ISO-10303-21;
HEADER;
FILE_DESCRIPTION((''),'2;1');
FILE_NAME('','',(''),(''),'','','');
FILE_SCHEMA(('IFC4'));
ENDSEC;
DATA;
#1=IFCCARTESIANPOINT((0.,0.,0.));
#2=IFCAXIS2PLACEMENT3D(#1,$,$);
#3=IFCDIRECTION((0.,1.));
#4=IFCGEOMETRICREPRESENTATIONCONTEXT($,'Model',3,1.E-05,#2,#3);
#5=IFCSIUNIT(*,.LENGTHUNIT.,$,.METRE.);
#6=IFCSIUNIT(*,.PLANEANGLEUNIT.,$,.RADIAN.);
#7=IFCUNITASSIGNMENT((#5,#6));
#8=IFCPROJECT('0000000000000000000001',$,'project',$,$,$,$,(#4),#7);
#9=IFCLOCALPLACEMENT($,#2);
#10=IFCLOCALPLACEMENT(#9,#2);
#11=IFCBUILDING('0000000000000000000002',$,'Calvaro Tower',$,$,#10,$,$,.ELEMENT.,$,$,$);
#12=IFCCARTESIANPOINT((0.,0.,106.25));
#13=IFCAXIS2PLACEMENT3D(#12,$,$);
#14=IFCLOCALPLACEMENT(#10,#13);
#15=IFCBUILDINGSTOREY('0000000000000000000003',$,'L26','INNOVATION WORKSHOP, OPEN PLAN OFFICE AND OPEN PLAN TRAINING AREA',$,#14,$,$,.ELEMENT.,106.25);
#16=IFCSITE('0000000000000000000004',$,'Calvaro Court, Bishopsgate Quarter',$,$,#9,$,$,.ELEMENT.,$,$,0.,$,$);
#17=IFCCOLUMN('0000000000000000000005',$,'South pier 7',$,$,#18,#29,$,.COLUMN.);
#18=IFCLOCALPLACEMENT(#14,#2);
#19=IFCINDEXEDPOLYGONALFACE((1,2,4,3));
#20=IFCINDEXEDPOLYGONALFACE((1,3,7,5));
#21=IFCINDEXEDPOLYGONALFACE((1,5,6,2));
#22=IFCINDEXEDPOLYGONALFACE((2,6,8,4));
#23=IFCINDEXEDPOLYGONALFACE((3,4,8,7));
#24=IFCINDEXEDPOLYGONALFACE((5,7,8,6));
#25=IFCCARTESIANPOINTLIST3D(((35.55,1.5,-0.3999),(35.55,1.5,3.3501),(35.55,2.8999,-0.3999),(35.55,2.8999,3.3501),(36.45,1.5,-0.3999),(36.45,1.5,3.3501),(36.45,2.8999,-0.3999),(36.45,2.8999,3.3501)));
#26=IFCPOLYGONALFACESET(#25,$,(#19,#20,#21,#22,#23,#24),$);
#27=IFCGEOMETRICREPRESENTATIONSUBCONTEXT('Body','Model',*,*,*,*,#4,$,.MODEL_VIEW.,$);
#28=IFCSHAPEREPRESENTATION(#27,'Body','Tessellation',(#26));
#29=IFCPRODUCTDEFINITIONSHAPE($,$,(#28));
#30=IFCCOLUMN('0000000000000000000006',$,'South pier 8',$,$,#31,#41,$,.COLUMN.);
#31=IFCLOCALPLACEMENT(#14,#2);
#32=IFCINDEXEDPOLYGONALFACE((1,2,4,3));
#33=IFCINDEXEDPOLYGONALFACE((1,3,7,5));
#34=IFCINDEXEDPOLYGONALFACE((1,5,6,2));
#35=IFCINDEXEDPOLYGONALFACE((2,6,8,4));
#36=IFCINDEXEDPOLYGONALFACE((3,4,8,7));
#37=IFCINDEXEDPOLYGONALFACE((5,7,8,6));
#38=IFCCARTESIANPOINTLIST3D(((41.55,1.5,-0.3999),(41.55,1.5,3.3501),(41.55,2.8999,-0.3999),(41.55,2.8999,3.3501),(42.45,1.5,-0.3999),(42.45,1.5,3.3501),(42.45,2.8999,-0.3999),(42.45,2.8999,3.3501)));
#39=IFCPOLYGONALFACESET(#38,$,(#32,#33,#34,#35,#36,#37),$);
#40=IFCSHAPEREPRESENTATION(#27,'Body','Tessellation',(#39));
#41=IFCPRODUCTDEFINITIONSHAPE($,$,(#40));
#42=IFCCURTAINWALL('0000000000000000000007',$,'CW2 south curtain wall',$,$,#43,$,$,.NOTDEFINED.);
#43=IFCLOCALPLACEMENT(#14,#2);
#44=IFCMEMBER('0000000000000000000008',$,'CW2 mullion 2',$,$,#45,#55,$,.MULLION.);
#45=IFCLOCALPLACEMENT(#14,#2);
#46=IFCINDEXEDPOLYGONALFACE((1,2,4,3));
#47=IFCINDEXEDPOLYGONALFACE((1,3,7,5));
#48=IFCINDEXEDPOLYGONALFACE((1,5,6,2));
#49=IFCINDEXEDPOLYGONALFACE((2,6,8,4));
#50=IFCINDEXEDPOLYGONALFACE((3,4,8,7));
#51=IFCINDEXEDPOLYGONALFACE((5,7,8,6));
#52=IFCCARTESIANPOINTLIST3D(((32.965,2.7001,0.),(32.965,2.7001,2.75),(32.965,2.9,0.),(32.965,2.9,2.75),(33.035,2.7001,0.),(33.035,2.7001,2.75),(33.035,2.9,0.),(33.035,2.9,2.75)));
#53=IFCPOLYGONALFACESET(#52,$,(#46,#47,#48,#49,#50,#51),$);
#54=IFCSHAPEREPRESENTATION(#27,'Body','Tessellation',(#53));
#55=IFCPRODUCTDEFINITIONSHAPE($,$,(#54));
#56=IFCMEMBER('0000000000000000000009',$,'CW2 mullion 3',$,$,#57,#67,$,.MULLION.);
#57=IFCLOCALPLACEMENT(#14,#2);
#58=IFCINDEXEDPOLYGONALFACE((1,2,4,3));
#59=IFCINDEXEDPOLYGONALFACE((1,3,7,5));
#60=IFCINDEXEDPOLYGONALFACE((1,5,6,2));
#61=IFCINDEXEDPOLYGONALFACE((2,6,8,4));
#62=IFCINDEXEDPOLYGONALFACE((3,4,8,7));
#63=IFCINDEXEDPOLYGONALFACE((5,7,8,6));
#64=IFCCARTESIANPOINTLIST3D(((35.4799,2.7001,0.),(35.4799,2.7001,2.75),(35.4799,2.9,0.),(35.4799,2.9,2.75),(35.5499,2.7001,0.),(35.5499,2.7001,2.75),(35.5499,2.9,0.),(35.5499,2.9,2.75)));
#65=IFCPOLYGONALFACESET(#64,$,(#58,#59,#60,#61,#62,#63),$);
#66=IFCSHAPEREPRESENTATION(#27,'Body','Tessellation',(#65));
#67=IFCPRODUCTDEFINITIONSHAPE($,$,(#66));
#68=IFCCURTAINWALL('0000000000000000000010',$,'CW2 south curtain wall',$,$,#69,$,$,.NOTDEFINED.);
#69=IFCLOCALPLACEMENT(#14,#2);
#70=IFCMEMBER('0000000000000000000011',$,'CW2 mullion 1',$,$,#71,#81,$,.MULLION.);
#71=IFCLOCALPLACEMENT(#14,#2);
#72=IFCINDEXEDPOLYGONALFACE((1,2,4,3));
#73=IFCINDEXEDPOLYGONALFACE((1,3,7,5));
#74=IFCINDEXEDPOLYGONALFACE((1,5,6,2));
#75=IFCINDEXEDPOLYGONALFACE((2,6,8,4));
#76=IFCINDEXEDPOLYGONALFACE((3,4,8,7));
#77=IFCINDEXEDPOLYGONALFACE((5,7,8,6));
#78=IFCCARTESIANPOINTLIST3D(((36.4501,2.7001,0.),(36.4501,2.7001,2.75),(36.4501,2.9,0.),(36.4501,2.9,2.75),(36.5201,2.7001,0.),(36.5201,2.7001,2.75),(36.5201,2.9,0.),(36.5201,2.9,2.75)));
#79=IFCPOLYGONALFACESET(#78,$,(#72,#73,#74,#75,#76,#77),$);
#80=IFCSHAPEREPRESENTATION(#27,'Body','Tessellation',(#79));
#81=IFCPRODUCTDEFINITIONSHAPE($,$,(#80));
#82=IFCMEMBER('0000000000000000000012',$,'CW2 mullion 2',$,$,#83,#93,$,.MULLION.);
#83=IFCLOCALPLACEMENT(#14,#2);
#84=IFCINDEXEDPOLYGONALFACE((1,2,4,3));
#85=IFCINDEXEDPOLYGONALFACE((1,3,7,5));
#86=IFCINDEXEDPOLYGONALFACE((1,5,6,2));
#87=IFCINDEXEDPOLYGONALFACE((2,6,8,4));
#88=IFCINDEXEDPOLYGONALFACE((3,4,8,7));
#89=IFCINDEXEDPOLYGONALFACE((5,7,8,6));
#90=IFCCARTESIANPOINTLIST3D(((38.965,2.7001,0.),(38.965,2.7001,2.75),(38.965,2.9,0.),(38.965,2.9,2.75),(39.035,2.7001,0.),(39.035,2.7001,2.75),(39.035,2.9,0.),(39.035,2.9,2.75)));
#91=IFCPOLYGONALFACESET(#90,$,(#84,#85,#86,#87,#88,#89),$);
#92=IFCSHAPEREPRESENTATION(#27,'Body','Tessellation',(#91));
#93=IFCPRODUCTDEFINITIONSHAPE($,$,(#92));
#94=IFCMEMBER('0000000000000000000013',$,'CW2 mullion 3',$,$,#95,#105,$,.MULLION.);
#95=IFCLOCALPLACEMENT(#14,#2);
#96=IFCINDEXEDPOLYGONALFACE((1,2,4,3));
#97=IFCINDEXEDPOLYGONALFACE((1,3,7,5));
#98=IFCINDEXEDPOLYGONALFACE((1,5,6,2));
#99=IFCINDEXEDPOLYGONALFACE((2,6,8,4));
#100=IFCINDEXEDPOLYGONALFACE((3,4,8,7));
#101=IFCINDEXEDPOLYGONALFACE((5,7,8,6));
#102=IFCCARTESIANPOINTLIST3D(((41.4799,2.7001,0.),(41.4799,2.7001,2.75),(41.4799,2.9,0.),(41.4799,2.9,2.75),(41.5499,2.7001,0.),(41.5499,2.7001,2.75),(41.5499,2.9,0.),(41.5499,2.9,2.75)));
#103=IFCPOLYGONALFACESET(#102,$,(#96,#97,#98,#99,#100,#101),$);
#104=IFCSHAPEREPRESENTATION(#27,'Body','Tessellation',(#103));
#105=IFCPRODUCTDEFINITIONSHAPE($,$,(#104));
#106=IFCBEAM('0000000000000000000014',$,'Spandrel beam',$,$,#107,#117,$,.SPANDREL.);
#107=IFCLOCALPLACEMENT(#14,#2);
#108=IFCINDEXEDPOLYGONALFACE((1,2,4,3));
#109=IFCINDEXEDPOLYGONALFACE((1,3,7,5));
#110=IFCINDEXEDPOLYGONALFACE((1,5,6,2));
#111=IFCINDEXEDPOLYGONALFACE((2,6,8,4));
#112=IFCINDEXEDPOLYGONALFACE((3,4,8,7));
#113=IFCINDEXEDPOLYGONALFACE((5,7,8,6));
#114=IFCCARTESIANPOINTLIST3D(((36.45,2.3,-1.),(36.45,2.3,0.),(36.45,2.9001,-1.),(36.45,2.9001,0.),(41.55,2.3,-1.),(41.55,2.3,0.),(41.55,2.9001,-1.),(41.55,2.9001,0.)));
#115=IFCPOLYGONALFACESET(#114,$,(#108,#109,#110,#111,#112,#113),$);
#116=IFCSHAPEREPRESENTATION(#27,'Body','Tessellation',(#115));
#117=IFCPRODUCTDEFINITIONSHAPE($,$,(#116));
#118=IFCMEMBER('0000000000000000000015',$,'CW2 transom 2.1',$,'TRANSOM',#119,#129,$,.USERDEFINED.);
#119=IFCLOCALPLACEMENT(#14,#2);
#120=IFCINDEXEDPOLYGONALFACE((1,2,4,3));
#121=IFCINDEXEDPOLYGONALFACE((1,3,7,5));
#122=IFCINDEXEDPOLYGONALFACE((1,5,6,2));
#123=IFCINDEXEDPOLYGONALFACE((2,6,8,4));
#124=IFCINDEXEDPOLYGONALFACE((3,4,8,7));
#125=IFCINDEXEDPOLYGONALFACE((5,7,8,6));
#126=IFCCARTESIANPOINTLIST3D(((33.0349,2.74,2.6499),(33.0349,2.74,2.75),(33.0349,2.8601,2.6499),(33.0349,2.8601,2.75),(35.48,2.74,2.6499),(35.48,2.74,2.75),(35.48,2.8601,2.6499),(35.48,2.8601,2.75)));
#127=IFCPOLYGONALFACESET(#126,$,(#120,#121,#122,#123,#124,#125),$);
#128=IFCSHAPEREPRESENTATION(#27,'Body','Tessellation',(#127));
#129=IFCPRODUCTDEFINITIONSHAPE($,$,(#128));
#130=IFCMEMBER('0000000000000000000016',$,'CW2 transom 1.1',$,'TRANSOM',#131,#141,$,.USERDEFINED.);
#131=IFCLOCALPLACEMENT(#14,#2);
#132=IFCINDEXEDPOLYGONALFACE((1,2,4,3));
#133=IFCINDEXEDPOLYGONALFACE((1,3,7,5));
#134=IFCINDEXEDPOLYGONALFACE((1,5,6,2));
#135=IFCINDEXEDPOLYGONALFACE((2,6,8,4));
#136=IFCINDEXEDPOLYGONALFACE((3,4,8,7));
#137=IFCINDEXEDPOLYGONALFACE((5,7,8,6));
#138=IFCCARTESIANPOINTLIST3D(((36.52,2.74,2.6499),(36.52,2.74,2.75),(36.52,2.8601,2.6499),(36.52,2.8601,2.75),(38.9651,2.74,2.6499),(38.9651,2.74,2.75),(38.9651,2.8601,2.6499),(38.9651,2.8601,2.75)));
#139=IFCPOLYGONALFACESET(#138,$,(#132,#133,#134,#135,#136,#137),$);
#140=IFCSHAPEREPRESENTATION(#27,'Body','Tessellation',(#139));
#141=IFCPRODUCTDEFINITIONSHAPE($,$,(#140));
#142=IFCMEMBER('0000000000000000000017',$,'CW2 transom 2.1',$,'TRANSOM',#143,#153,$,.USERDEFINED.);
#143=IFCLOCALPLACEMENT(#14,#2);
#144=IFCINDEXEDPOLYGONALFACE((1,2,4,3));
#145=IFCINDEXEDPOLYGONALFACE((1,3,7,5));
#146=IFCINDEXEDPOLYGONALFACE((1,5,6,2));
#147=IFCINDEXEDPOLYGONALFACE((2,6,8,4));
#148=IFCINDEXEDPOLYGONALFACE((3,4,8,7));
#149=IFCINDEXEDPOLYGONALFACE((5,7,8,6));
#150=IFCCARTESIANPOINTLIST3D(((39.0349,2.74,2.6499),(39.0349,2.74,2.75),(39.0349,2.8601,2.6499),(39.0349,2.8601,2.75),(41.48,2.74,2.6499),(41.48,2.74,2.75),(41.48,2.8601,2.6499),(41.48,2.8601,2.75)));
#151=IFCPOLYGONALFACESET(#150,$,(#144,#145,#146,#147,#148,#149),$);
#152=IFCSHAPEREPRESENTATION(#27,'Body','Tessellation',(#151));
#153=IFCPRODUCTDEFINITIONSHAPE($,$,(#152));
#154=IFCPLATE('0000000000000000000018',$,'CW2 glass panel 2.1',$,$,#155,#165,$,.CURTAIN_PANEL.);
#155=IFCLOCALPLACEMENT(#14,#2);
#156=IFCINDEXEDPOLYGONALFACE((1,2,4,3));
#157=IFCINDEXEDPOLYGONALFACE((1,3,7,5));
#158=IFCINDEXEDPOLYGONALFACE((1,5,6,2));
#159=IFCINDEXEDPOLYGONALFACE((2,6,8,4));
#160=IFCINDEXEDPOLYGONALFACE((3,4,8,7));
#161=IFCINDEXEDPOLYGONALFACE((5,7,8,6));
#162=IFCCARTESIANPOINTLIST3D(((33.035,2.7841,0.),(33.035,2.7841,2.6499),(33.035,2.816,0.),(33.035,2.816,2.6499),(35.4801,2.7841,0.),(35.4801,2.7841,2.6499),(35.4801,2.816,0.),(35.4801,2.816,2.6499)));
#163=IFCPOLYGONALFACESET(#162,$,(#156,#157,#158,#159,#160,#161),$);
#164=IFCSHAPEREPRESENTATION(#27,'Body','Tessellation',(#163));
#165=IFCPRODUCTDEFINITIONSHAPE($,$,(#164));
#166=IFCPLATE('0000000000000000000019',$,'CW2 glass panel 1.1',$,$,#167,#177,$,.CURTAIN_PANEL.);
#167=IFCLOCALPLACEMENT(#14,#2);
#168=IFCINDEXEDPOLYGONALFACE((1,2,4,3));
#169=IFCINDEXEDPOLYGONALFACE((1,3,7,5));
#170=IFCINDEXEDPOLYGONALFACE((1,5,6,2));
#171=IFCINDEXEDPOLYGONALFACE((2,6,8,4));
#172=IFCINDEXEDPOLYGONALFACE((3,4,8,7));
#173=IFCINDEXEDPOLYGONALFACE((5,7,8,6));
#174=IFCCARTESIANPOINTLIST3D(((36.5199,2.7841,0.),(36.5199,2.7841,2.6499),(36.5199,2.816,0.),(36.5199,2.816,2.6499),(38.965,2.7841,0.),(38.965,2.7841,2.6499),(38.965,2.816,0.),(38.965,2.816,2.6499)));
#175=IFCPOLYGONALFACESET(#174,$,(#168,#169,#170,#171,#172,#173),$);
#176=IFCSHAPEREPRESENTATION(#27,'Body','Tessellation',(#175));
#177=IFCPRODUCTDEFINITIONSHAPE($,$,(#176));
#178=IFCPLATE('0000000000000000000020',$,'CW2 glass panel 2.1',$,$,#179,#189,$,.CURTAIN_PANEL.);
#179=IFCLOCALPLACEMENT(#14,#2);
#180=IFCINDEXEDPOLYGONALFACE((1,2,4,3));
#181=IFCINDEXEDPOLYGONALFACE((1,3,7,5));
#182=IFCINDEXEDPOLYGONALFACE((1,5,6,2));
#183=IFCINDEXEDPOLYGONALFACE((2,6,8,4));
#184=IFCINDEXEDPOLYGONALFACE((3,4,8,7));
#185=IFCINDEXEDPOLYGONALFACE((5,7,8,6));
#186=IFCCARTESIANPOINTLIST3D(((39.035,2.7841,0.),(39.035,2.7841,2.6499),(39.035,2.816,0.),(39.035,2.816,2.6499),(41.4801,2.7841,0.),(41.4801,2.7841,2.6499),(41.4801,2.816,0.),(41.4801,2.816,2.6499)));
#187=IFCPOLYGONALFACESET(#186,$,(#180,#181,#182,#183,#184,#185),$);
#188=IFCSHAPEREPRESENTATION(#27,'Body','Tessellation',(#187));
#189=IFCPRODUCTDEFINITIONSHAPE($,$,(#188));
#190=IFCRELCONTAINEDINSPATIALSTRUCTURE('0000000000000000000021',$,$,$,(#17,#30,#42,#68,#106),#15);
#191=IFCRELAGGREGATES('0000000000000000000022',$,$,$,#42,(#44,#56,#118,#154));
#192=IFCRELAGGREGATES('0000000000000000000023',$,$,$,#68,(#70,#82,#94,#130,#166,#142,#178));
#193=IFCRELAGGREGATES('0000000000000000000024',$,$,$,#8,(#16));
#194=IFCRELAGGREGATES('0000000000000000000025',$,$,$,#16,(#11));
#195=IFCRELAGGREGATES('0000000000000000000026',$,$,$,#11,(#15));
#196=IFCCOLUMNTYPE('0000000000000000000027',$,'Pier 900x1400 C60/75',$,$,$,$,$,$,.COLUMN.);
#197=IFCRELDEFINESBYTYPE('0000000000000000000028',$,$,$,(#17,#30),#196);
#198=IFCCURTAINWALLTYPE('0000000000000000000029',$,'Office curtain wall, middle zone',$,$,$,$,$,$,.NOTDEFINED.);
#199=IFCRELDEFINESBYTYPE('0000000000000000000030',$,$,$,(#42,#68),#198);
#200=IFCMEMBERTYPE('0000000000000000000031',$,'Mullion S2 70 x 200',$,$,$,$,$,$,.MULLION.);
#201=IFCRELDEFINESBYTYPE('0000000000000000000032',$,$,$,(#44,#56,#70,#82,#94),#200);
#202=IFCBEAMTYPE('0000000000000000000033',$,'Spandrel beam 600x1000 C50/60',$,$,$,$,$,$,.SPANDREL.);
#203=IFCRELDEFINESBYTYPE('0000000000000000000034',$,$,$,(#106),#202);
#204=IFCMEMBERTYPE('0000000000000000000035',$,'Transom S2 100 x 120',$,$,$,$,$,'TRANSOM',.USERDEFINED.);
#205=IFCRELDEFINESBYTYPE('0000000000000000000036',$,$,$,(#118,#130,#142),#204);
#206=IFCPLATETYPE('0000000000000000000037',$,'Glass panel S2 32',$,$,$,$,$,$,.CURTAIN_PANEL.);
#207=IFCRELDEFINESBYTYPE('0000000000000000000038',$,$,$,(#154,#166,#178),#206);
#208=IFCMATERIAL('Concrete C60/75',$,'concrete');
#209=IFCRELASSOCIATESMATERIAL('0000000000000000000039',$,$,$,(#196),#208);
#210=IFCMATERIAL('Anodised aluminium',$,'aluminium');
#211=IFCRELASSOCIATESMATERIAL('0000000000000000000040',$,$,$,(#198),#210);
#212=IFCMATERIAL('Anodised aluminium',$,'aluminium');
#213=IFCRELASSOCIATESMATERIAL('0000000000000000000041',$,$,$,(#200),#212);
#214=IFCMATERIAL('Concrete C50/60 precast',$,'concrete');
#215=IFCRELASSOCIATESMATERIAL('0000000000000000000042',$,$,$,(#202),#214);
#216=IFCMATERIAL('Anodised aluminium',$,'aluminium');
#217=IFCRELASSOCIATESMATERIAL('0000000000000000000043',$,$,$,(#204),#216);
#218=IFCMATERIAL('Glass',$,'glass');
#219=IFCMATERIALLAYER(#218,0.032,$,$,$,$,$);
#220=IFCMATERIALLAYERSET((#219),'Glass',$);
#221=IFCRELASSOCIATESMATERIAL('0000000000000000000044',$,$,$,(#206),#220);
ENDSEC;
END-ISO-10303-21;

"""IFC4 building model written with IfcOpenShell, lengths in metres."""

from ifc_helpers import new_model, si_unit, direction, frame, origin, origin_2d, place, context, subcontext, project, spatial, rectangle, extrude, material, layer, layer_set, material_profile, profile_set, type_object, element, aggregate, save


model = new_model("IFC4")

# Units and contexts
model_context = context("Model", 3, precision=1e-05, world=origin(), true_north=direction((0.0, 1.0)))
body_context = subcontext(model_context, "Body", "Model", "MODEL_VIEW")
ifc_project = project(units=[si_unit("LENGTHUNIT", "METRE"), si_unit("PLANEANGLEUNIT", "RADIAN")], contexts=[model_context])

# Site, building, storey
site_placement = place(None, origin())
site = spatial("IfcSite", under=ifc_project, at=site_placement, Name="Calvaro Court, Bishopsgate Quarter", CompositionType="ELEMENT", RefElevation=0.0)
building_placement = place(site_placement, origin())
building = spatial("IfcBuilding", under=site, at=building_placement, Name="Calvaro Tower", CompositionType="ELEMENT")
storey_placement = place(building_placement, frame((0.0, 0.0, 106.25)))
storey = spatial("IfcBuildingStorey", under=building, at=storey_placement, Name="L26", Description="INNOVATION WORKSHOP, OPEN PLAN OFFICE AND OPEN PLAN TRAINING AREA", CompositionType="ELEMENT", Elevation=106.25)

# Columns
ifc_material_1 = material(Name="Concrete C60/75", Category="concrete")
ifc_material_profile_1 = material_profile(ifc_material_1, rectangle(XDim=0.8999, YDim=1.3999, at=origin_2d()), Name="RC 900x1400")
ifc_profile_set_1 = profile_set([ifc_material_profile_1], Name="Concrete C60/75")
column_type = type_object("IfcColumnType", Name="Pier 900x1400 C60/75", PredefinedType="COLUMN", material=ifc_profile_set_1)
for number, where, z_axis, x_axis, name in (
    (1, (36.0, 2.2, -0.3999), (0.0, 0.0, 1.0), (1.0, 0.0, 0.0), "South pier 7"),
    (2, (42.0, 2.2, -0.3999), (0.0, 0.0, 1.0), (1.0, 0.0, 0.0), "South pier 8"),
):
    element("IfcColumn", number, at=place(storey_placement, frame(where, z_axis=z_axis, x_axis=x_axis)), inside=storey, type_object=column_type, Name=name, PredefinedType="COLUMN", context=body_context, shape_type="SweptSolid", body=[
        extrude(rectangle(XDim=0.8999, YDim=1.3999, at=origin_2d()), origin(), (0.0, 0.0, 1.0), 3.75),
    ])

# Curtain walls, members
ifc_material_2 = material(Name="Anodised aluminium", Category="aluminium")
curtain_wall_type = type_object("IfcCurtainWallType", Name="Office curtain wall, middle zone", PredefinedType="NOTDEFINED", material=ifc_material_2)
curtain_wall_1_placement = place(storey_placement, origin())
curtain_wall_1 = element("IfcCurtainWall", 3, at=curtain_wall_1_placement, inside=storey, type_object=curtain_wall_type, Name="CW2 south curtain wall", PredefinedType="NOTDEFINED")
ifc_material_3 = material(Name="Anodised aluminium", Category="aluminium")
ifc_material_profile_2 = material_profile(ifc_material_3, rectangle(XDim=0.2, YDim=0.0701, at=origin_2d()), Name="Mullion S2 70 x 200")
ifc_profile_set_2 = profile_set([ifc_material_profile_2], Name="Anodised aluminium")
member_type_1 = type_object("IfcMemberType", Name="Mullion S2 70 x 200", PredefinedType="MULLION", material=ifc_profile_set_2)
member_1_placement = place(storey_placement, frame((33.0, 2.8, 0.0), z_axis=(0.0, 0.0, 1.0), x_axis=(0.0, 1.0, 0.0)))
member_1 = element("IfcMember", 4, at=member_1_placement, type_object=member_type_1, Name="CW2 mullion 2", PredefinedType="MULLION", context=body_context, shape_type="SweptSolid", body=[
    extrude(rectangle(XDim=0.2, YDim=0.0701, at=origin_2d()), origin(), (0.0, 0.0, 1.0), 2.75),
])
member_2_placement = place(storey_placement, frame((35.5149, 2.8, 0.0), z_axis=(0.0, 0.0, 1.0), x_axis=(0.0, 1.0, 0.0)))
member_2 = element("IfcMember", 5, at=member_2_placement, type_object=member_type_1, Name="CW2 mullion 3", PredefinedType="MULLION", context=body_context, shape_type="SweptSolid", body=[
    extrude(rectangle(XDim=0.2, YDim=0.0701, at=origin_2d()), origin(), (0.0, 0.0, 1.0), 2.75),
])
curtain_wall_2_placement = place(storey_placement, origin())
curtain_wall_2 = element("IfcCurtainWall", 6, at=curtain_wall_2_placement, inside=storey, type_object=curtain_wall_type, Name="CW2 south curtain wall", PredefinedType="NOTDEFINED")
member_3_placement = place(storey_placement, frame((36.4851, 2.8, 0.0), z_axis=(0.0, 0.0, 1.0), x_axis=(0.0, 1.0, 0.0)))
member_3 = element("IfcMember", 7, at=member_3_placement, type_object=member_type_1, Name="CW2 mullion 1", PredefinedType="MULLION", context=body_context, shape_type="SweptSolid", body=[
    extrude(rectangle(XDim=0.2, YDim=0.0701, at=origin_2d()), origin(), (0.0, 0.0, 1.0), 2.75),
])
member_4_placement = place(storey_placement, frame((39.0, 2.8, 0.0), z_axis=(0.0, 0.0, 1.0), x_axis=(0.0, 1.0, 0.0)))
member_4 = element("IfcMember", 8, at=member_4_placement, type_object=member_type_1, Name="CW2 mullion 2", PredefinedType="MULLION", context=body_context, shape_type="SweptSolid", body=[
    extrude(rectangle(XDim=0.2, YDim=0.0701, at=origin_2d()), origin(), (0.0, 0.0, 1.0), 2.75),
])
member_5_placement = place(storey_placement, frame((41.5149, 2.8, 0.0), z_axis=(0.0, 0.0, 1.0), x_axis=(0.0, 1.0, 0.0)))
member_5 = element("IfcMember", 9, at=member_5_placement, type_object=member_type_1, Name="CW2 mullion 3", PredefinedType="MULLION", context=body_context, shape_type="SweptSolid", body=[
    extrude(rectangle(XDim=0.2, YDim=0.0701, at=origin_2d()), origin(), (0.0, 0.0, 1.0), 2.75),
])

# Beam
ifc_material_4 = material(Name="Concrete C50/60 precast", Category="concrete")
ifc_material_profile_3 = material_profile(ifc_material_4, rectangle(XDim=0.6001, YDim=1.0, at=origin_2d()), Name="RC 600x1000")
ifc_profile_set_3 = profile_set([ifc_material_profile_3], Name="Concrete C50/60 precast")
beam_type = type_object("IfcBeamType", Name="Spandrel beam 600x1000 C50/60", PredefinedType="SPANDREL", material=ifc_profile_set_3)
beam_placement = place(storey_placement, frame((36.45, 2.6001, -0.5), z_axis=(1.0, 0.0, 0.0), x_axis=(0.0, 1.0, 0.0)))
element("IfcBeam", 10, at=beam_placement, inside=storey, type_object=beam_type, Name="Spandrel beam", PredefinedType="SPANDREL", context=body_context, shape_type="SweptSolid", body=[
    extrude(rectangle(XDim=0.6001, YDim=1.0, at=origin_2d()), origin(), (0.0, 0.0, 1.0), 5.1001),
])

# Members
ifc_material_5 = material(Name="Anodised aluminium", Category="aluminium")
ifc_material_profile_4 = material_profile(ifc_material_5, rectangle(XDim=0.1201, YDim=0.1001, at=origin_2d()), Name="Transom S2 100 x 120")
ifc_profile_set_4 = profile_set([ifc_material_profile_4], Name="Anodised aluminium")
member_type_2 = type_object("IfcMemberType", Name="Transom S2 100 x 120", ElementType="TRANSOM", PredefinedType="USERDEFINED", material=ifc_profile_set_4)
member_6_placement = place(storey_placement, frame((33.0349, 2.8, 2.7), z_axis=(1.0, 0.0, 0.0), x_axis=(0.0, 1.0, 0.0)))
member_6 = element("IfcMember", 11, at=member_6_placement, type_object=member_type_2, Name="CW2 transom 2.1", ObjectType="TRANSOM", PredefinedType="USERDEFINED", context=body_context, shape_type="SweptSolid", body=[
    extrude(rectangle(XDim=0.1201, YDim=0.1001, at=origin_2d()), origin(), (0.0, 0.0, 1.0), 2.4451),
])
member_7_placement = place(storey_placement, frame((36.52, 2.8, 2.7), z_axis=(1.0, 0.0, 0.0), x_axis=(0.0, 1.0, 0.0)))
member_7 = element("IfcMember", 12, at=member_7_placement, type_object=member_type_2, Name="CW2 transom 1.1", ObjectType="TRANSOM", PredefinedType="USERDEFINED", context=body_context, shape_type="SweptSolid", body=[
    extrude(rectangle(XDim=0.1201, YDim=0.1001, at=origin_2d()), origin(), (0.0, 0.0, 1.0), 2.4451),
])
member_8_placement = place(storey_placement, frame((39.0349, 2.8, 2.7), z_axis=(1.0, 0.0, 0.0), x_axis=(0.0, 1.0, 0.0)))
member_8 = element("IfcMember", 13, at=member_8_placement, type_object=member_type_2, Name="CW2 transom 2.1", ObjectType="TRANSOM", PredefinedType="USERDEFINED", context=body_context, shape_type="SweptSolid", body=[
    extrude(rectangle(XDim=0.1201, YDim=0.1001, at=origin_2d()), origin(), (0.0, 0.0, 1.0), 2.4451),
])

# Plates
ifc_material_6 = material(Name="Glass", Category="glass")
ifc_layer = layer(ifc_material_6, 0.032)
ifc_layer_set = layer_set([ifc_layer], Name="Glass")
plate_type = type_object("IfcPlateType", Name="Glass panel S2 32", PredefinedType="CURTAIN_PANEL", material=ifc_layer_set)
plate_1_placement = place(storey_placement, frame((34.2576, 2.8, 0.0), z_axis=(0.0, 0.0, 1.0), x_axis=(1.0, 0.0, 0.0)))
plate_1 = element("IfcPlate", 14, at=plate_1_placement, type_object=plate_type, Name="CW2 glass panel 2.1", PredefinedType="CURTAIN_PANEL", context=body_context, shape_type="SweptSolid", body=[
    extrude(rectangle(XDim=2.4451, YDim=0.032, at=origin_2d()), origin(), (0.0, 0.0, 1.0), 2.6499),
])
aggregate(curtain_wall_1, [member_1, member_2, member_6, plate_1])
plate_2_placement = place(storey_placement, frame((37.7424, 2.8, 0.0), z_axis=(0.0, 0.0, 1.0), x_axis=(1.0, 0.0, 0.0)))
plate_2 = element("IfcPlate", 15, at=plate_2_placement, type_object=plate_type, Name="CW2 glass panel 1.1", PredefinedType="CURTAIN_PANEL", context=body_context, shape_type="SweptSolid", body=[
    extrude(rectangle(XDim=2.4451, YDim=0.032, at=origin_2d()), origin(), (0.0, 0.0, 1.0), 2.6499),
])
plate_3_placement = place(storey_placement, frame((40.2576, 2.8, 0.0), z_axis=(0.0, 0.0, 1.0), x_axis=(1.0, 0.0, 0.0)))
plate_3 = element("IfcPlate", 16, at=plate_3_placement, type_object=plate_type, Name="CW2 glass panel 2.1", PredefinedType="CURTAIN_PANEL", context=body_context, shape_type="SweptSolid", body=[
    extrude(rectangle(XDim=2.4451, YDim=0.032, at=origin_2d()), origin(), (0.0, 0.0, 1.0), 2.6499),
])
aggregate(curtain_wall_2, [member_3, member_4, member_5, member_7, plate_2, member_8, plate_3])

save(model, "model.ifc")
